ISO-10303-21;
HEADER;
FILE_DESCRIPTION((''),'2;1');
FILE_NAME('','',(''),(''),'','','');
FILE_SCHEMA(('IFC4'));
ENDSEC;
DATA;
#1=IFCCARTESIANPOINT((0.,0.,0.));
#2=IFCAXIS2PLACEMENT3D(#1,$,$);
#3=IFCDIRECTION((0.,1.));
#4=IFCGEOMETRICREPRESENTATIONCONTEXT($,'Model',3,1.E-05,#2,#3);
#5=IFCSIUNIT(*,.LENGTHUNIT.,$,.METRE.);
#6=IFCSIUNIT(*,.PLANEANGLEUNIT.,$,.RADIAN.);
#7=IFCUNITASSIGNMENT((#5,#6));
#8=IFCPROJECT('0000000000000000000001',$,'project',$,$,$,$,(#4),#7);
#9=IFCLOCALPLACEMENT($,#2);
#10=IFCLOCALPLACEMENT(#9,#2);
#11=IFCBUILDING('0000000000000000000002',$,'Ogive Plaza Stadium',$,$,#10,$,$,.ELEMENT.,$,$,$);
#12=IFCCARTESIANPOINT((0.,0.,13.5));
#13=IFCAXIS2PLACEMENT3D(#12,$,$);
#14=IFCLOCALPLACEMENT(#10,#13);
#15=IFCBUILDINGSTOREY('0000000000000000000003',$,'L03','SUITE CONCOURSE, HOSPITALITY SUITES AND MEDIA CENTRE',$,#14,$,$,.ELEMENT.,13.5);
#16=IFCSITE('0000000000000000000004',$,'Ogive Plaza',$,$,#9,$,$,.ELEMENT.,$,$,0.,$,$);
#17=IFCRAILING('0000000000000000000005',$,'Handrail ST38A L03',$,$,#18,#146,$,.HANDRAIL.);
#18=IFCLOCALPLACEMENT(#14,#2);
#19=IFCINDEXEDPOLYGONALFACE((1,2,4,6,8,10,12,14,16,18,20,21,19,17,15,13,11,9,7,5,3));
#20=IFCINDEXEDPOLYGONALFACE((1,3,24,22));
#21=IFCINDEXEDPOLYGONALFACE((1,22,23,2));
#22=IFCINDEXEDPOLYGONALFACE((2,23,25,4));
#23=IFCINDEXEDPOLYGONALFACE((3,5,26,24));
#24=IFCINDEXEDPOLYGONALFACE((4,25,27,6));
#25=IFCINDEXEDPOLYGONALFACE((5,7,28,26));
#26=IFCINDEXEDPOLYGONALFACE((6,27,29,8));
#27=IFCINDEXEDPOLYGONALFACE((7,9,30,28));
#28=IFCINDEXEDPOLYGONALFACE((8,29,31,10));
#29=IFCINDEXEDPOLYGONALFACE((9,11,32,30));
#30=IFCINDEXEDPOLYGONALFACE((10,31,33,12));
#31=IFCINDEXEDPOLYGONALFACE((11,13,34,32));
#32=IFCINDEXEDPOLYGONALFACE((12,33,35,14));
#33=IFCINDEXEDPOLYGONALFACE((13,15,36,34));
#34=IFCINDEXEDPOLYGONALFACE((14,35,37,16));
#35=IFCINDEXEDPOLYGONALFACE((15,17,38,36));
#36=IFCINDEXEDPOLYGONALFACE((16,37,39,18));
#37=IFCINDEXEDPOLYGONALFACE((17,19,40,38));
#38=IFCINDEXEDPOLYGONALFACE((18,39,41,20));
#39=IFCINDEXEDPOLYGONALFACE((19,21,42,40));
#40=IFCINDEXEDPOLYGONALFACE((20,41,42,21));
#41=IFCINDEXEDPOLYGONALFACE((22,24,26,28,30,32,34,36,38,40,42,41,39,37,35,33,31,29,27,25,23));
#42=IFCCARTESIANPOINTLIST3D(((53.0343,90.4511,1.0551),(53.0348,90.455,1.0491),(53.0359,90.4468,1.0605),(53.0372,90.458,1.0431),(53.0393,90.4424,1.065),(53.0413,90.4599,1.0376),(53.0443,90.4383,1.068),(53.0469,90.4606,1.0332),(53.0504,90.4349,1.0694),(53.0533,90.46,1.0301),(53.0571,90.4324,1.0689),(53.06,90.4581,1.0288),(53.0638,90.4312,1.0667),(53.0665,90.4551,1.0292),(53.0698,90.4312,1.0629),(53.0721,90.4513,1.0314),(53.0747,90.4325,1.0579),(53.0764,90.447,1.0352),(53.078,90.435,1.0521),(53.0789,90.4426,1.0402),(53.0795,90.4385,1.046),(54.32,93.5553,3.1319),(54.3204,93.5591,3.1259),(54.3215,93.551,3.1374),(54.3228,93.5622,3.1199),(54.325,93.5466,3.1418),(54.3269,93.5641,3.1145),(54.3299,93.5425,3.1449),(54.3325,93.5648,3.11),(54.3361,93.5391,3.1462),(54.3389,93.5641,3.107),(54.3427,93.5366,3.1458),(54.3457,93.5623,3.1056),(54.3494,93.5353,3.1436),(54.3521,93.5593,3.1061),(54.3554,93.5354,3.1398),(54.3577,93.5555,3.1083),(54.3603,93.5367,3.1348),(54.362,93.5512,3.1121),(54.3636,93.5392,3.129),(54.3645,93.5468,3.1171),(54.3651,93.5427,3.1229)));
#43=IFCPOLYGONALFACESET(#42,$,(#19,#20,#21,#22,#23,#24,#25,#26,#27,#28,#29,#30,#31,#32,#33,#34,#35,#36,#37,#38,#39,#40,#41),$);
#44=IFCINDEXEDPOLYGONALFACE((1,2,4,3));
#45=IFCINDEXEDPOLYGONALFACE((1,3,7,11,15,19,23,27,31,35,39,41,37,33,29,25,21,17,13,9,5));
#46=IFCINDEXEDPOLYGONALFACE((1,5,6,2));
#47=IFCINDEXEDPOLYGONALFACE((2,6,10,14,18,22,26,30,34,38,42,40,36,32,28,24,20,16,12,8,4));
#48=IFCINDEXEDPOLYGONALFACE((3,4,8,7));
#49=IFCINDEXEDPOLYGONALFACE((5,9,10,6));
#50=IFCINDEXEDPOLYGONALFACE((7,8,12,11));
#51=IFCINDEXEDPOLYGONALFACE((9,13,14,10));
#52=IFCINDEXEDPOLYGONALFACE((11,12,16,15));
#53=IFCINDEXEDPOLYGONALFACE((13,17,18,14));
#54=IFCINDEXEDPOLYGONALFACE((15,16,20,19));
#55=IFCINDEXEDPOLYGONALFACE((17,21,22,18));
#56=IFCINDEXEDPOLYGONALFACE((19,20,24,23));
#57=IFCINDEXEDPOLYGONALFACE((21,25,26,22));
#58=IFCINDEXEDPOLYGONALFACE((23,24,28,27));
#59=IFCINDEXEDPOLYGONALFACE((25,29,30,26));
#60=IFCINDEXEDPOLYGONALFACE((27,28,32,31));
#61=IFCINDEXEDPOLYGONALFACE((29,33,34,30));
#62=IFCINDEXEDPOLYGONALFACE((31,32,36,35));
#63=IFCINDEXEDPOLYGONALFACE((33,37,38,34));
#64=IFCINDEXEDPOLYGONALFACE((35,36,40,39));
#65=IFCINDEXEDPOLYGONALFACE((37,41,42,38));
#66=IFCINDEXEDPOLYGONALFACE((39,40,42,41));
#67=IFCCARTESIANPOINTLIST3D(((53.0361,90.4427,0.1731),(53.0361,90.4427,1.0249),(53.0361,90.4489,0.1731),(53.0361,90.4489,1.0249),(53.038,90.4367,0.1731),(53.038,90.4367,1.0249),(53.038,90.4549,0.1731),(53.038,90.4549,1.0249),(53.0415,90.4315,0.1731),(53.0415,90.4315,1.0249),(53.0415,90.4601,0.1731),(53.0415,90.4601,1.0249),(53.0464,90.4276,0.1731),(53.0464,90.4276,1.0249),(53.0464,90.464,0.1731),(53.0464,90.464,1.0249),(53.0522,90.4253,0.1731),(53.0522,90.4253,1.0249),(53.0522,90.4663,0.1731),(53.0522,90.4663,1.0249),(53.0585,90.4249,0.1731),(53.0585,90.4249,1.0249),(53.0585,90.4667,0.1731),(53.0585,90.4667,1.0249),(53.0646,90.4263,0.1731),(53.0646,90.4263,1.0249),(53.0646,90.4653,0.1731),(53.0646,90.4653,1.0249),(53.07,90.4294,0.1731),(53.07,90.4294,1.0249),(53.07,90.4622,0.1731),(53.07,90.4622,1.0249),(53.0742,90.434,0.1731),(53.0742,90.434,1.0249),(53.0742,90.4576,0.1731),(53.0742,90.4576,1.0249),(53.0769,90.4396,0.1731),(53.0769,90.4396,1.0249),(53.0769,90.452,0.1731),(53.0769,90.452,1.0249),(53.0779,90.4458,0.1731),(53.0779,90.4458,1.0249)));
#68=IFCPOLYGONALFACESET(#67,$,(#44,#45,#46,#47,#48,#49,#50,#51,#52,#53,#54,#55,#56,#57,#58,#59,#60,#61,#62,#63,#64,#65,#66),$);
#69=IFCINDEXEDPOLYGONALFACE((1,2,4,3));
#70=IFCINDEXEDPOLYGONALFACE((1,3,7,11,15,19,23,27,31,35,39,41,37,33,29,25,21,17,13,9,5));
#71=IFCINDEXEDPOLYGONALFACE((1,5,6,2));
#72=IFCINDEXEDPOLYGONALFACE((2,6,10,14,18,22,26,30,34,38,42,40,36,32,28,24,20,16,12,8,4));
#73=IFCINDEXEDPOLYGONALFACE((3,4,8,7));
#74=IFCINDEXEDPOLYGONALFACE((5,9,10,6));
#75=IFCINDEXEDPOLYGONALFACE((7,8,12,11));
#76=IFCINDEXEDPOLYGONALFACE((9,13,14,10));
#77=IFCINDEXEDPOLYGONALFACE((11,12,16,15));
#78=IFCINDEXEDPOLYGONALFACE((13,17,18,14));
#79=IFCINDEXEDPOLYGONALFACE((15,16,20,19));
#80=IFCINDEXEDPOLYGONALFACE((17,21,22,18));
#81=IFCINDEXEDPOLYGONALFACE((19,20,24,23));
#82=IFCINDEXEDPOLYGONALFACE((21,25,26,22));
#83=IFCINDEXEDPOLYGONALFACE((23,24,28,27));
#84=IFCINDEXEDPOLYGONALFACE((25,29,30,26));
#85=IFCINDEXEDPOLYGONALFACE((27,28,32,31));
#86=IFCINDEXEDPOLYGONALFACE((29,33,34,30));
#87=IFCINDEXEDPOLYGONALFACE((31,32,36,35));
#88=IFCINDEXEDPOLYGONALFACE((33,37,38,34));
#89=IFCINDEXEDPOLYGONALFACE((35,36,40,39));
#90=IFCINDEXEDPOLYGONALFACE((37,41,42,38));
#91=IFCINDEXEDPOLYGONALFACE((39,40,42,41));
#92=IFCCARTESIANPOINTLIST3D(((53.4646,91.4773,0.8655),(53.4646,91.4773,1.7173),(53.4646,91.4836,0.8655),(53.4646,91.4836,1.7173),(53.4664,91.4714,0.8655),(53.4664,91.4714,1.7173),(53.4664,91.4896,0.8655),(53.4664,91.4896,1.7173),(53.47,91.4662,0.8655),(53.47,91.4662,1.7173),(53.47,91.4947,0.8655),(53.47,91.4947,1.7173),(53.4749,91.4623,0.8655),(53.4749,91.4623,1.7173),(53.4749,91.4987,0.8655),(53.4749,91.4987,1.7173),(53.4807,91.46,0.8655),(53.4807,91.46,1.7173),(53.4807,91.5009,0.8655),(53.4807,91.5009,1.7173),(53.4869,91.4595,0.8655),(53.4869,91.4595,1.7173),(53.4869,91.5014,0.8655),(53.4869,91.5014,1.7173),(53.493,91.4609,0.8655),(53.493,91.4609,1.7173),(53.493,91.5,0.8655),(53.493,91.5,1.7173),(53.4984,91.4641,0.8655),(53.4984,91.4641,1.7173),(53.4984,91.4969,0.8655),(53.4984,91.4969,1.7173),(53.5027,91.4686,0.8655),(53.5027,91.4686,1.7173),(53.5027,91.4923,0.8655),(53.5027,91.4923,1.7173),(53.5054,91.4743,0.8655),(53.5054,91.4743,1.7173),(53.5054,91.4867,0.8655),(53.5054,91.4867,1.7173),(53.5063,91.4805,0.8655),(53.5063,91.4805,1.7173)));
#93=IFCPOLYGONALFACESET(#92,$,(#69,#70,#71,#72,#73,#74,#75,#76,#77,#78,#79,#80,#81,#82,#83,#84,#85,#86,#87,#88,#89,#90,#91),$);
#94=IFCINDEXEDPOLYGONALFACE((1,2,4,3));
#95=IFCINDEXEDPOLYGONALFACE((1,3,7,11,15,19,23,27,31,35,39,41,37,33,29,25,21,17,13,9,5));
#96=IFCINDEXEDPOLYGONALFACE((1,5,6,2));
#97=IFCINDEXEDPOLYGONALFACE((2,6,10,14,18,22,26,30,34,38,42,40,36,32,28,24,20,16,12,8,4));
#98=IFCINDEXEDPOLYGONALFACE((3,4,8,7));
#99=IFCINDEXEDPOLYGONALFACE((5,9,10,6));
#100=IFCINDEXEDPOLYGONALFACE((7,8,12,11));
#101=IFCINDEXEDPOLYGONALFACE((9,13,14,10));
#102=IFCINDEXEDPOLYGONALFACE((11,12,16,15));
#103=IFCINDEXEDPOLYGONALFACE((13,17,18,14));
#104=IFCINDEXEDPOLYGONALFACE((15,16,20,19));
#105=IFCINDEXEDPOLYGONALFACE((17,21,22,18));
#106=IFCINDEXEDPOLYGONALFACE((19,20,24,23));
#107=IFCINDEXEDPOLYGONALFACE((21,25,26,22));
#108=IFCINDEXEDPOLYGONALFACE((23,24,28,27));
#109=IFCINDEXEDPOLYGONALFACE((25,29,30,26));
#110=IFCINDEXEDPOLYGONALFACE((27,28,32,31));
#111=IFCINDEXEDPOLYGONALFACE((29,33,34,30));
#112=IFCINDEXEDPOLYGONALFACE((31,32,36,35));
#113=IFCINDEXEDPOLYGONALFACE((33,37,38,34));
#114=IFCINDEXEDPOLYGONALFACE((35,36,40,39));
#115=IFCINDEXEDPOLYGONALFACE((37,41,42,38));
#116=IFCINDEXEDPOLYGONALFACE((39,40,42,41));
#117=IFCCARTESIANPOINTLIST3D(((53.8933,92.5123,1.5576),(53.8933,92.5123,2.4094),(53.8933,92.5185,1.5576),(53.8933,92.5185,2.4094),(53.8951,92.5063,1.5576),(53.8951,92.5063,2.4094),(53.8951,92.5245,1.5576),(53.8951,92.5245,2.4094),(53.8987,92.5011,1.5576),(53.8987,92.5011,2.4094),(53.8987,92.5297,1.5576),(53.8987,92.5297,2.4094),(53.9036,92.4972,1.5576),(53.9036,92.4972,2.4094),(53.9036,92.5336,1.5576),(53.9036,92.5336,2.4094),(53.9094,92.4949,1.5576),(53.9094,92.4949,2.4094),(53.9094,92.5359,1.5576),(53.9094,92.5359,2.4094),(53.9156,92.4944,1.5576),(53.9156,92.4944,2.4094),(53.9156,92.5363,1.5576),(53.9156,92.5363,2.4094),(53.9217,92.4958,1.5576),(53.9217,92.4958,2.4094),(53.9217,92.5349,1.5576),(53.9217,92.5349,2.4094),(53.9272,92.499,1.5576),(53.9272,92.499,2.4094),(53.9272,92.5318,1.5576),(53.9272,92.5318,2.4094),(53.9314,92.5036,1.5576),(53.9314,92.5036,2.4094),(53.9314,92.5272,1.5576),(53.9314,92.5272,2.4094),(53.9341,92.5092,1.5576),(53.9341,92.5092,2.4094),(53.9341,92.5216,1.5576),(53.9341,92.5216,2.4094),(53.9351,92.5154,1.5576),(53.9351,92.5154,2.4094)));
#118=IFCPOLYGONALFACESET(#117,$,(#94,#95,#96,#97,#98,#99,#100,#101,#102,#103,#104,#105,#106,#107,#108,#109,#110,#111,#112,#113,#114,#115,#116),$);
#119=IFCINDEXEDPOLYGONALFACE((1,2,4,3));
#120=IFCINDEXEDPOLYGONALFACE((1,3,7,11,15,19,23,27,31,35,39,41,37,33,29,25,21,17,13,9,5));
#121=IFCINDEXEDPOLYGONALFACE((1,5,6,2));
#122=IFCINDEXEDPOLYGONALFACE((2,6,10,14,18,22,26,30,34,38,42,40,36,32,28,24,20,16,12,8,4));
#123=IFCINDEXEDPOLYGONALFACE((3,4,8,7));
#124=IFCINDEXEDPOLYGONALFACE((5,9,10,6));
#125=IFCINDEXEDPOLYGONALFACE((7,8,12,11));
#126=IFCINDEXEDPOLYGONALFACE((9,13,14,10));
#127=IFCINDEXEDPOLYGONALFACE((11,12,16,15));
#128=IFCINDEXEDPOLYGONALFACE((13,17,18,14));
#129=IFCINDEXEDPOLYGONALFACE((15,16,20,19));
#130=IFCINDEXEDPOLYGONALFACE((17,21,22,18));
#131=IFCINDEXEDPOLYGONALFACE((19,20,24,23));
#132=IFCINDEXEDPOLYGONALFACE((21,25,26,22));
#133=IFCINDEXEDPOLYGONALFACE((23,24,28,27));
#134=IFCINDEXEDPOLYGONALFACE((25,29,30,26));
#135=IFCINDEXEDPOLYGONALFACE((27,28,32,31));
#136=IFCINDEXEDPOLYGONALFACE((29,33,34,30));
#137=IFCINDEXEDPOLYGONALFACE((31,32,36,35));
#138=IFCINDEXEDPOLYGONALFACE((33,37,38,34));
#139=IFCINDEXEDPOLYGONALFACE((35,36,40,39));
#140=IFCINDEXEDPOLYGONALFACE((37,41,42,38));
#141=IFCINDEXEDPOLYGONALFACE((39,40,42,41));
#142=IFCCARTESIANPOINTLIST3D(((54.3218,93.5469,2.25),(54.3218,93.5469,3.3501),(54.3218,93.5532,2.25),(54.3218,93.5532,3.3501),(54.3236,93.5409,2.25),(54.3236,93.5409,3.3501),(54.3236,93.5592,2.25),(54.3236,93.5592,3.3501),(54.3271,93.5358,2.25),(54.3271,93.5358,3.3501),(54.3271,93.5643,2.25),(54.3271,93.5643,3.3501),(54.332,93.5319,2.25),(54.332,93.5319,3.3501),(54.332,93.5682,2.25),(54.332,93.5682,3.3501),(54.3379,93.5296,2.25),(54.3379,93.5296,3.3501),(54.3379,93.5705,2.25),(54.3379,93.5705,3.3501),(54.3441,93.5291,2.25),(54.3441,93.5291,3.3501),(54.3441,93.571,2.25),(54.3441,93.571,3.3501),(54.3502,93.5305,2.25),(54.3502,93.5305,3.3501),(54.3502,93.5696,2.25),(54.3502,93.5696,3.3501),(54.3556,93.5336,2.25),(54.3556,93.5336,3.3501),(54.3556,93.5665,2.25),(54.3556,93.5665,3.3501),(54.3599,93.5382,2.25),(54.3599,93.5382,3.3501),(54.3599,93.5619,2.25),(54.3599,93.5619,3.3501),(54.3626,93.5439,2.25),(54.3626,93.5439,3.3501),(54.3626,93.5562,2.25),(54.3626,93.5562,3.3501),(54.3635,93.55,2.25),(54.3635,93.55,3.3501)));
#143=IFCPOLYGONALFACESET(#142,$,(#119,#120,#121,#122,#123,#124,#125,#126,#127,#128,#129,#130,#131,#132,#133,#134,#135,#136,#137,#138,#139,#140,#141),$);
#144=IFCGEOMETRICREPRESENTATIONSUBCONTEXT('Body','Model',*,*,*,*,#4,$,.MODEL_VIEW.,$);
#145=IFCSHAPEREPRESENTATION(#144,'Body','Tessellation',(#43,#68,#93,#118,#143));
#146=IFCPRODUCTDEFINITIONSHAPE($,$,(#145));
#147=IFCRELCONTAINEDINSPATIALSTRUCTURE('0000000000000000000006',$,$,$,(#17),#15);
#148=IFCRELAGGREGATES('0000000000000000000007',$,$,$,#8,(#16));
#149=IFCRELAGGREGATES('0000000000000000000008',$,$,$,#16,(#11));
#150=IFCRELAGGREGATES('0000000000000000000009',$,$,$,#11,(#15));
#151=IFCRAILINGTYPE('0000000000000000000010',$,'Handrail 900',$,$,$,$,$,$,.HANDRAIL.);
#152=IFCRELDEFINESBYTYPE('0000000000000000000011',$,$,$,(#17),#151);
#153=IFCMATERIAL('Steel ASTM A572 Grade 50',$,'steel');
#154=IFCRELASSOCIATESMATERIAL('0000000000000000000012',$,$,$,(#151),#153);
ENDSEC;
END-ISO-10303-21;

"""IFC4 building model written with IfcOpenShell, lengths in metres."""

from ifc_helpers import new_model, si_unit, direction, frame, origin, origin_2d, place, context, subcontext, project, spatial, circle, extrude, material, type_object, element, save


model = new_model("IFC4")

# Units and contexts
model_context = context("Model", 3, precision=1e-05, world=origin(), true_north=direction((0.0, 1.0)))
body_context = subcontext(model_context, "Body", "Model", "MODEL_VIEW")
ifc_project = project(units=[si_unit("LENGTHUNIT", "METRE"), si_unit("PLANEANGLEUNIT", "RADIAN")], contexts=[model_context])

# Site, building, storey
site_placement = place(None, origin())
site = spatial("IfcSite", under=ifc_project, at=site_placement, Name="Ogive Plaza", CompositionType="ELEMENT", RefElevation=0.0)
building_placement = place(site_placement, origin())
building = spatial("IfcBuilding", under=site, at=building_placement, Name="Ogive Plaza Stadium", CompositionType="ELEMENT")
storey_placement = place(building_placement, frame((0.0, 0.0, 13.5)))
storey = spatial("IfcBuildingStorey", under=building, at=storey_placement, Name="L03", Description="SUITE CONCOURSE, HOSPITALITY SUITES AND MEDIA CENTRE", CompositionType="ELEMENT", Elevation=13.5)

# Railing
ifc_material_1 = material(Name="Steel ASTM A572 Grade 50", Category="steel")
railing_type_1 = type_object("IfcRailingType", Name="Handrail 900", PredefinedType="HANDRAIL", material=ifc_material_1)
railing_1_placement = place(storey_placement, frame((53.0569, 90.4458, 0.1731)))
element("IfcRailing", 1, at=railing_1_placement, inside=storey, type_object=railing_type_1, Name="Handrail ST38A L03", PredefinedType="HANDRAIL", context=body_context, shape_type="SweptSolid", body=[
    extrude(circle(Radius=0.0239, at=origin_2d()), frame((0.0, 0.0, 0.876), z_axis=(0.325477, 0.785879, 0.525794), x_axis=(-0.923898, 0.382638, 0.0)), (0.0, 0.0, 1.0), 3.95),
    extrude(circle(Radius=0.021, at=origin_2d()), origin(), (0.0, 0.0, 1.0), 0.8518),
    extrude(circle(Radius=0.021, at=origin_2d()), frame((0.4285, 1.0347, 0.6924)), (0.0, 0.0, 1.0), 0.8518),
    extrude(circle(Radius=0.021, at=origin_2d()), frame((0.8572, 2.0696, 1.3845)), (0.0, 0.0, 1.0), 0.8518),
    extrude(circle(Radius=0.021, at=origin_2d()), frame((1.2856, 3.1042, 2.0769)), (0.0, 0.0, 1.0), 1.1001),
])

save(model, "model.ifc")
